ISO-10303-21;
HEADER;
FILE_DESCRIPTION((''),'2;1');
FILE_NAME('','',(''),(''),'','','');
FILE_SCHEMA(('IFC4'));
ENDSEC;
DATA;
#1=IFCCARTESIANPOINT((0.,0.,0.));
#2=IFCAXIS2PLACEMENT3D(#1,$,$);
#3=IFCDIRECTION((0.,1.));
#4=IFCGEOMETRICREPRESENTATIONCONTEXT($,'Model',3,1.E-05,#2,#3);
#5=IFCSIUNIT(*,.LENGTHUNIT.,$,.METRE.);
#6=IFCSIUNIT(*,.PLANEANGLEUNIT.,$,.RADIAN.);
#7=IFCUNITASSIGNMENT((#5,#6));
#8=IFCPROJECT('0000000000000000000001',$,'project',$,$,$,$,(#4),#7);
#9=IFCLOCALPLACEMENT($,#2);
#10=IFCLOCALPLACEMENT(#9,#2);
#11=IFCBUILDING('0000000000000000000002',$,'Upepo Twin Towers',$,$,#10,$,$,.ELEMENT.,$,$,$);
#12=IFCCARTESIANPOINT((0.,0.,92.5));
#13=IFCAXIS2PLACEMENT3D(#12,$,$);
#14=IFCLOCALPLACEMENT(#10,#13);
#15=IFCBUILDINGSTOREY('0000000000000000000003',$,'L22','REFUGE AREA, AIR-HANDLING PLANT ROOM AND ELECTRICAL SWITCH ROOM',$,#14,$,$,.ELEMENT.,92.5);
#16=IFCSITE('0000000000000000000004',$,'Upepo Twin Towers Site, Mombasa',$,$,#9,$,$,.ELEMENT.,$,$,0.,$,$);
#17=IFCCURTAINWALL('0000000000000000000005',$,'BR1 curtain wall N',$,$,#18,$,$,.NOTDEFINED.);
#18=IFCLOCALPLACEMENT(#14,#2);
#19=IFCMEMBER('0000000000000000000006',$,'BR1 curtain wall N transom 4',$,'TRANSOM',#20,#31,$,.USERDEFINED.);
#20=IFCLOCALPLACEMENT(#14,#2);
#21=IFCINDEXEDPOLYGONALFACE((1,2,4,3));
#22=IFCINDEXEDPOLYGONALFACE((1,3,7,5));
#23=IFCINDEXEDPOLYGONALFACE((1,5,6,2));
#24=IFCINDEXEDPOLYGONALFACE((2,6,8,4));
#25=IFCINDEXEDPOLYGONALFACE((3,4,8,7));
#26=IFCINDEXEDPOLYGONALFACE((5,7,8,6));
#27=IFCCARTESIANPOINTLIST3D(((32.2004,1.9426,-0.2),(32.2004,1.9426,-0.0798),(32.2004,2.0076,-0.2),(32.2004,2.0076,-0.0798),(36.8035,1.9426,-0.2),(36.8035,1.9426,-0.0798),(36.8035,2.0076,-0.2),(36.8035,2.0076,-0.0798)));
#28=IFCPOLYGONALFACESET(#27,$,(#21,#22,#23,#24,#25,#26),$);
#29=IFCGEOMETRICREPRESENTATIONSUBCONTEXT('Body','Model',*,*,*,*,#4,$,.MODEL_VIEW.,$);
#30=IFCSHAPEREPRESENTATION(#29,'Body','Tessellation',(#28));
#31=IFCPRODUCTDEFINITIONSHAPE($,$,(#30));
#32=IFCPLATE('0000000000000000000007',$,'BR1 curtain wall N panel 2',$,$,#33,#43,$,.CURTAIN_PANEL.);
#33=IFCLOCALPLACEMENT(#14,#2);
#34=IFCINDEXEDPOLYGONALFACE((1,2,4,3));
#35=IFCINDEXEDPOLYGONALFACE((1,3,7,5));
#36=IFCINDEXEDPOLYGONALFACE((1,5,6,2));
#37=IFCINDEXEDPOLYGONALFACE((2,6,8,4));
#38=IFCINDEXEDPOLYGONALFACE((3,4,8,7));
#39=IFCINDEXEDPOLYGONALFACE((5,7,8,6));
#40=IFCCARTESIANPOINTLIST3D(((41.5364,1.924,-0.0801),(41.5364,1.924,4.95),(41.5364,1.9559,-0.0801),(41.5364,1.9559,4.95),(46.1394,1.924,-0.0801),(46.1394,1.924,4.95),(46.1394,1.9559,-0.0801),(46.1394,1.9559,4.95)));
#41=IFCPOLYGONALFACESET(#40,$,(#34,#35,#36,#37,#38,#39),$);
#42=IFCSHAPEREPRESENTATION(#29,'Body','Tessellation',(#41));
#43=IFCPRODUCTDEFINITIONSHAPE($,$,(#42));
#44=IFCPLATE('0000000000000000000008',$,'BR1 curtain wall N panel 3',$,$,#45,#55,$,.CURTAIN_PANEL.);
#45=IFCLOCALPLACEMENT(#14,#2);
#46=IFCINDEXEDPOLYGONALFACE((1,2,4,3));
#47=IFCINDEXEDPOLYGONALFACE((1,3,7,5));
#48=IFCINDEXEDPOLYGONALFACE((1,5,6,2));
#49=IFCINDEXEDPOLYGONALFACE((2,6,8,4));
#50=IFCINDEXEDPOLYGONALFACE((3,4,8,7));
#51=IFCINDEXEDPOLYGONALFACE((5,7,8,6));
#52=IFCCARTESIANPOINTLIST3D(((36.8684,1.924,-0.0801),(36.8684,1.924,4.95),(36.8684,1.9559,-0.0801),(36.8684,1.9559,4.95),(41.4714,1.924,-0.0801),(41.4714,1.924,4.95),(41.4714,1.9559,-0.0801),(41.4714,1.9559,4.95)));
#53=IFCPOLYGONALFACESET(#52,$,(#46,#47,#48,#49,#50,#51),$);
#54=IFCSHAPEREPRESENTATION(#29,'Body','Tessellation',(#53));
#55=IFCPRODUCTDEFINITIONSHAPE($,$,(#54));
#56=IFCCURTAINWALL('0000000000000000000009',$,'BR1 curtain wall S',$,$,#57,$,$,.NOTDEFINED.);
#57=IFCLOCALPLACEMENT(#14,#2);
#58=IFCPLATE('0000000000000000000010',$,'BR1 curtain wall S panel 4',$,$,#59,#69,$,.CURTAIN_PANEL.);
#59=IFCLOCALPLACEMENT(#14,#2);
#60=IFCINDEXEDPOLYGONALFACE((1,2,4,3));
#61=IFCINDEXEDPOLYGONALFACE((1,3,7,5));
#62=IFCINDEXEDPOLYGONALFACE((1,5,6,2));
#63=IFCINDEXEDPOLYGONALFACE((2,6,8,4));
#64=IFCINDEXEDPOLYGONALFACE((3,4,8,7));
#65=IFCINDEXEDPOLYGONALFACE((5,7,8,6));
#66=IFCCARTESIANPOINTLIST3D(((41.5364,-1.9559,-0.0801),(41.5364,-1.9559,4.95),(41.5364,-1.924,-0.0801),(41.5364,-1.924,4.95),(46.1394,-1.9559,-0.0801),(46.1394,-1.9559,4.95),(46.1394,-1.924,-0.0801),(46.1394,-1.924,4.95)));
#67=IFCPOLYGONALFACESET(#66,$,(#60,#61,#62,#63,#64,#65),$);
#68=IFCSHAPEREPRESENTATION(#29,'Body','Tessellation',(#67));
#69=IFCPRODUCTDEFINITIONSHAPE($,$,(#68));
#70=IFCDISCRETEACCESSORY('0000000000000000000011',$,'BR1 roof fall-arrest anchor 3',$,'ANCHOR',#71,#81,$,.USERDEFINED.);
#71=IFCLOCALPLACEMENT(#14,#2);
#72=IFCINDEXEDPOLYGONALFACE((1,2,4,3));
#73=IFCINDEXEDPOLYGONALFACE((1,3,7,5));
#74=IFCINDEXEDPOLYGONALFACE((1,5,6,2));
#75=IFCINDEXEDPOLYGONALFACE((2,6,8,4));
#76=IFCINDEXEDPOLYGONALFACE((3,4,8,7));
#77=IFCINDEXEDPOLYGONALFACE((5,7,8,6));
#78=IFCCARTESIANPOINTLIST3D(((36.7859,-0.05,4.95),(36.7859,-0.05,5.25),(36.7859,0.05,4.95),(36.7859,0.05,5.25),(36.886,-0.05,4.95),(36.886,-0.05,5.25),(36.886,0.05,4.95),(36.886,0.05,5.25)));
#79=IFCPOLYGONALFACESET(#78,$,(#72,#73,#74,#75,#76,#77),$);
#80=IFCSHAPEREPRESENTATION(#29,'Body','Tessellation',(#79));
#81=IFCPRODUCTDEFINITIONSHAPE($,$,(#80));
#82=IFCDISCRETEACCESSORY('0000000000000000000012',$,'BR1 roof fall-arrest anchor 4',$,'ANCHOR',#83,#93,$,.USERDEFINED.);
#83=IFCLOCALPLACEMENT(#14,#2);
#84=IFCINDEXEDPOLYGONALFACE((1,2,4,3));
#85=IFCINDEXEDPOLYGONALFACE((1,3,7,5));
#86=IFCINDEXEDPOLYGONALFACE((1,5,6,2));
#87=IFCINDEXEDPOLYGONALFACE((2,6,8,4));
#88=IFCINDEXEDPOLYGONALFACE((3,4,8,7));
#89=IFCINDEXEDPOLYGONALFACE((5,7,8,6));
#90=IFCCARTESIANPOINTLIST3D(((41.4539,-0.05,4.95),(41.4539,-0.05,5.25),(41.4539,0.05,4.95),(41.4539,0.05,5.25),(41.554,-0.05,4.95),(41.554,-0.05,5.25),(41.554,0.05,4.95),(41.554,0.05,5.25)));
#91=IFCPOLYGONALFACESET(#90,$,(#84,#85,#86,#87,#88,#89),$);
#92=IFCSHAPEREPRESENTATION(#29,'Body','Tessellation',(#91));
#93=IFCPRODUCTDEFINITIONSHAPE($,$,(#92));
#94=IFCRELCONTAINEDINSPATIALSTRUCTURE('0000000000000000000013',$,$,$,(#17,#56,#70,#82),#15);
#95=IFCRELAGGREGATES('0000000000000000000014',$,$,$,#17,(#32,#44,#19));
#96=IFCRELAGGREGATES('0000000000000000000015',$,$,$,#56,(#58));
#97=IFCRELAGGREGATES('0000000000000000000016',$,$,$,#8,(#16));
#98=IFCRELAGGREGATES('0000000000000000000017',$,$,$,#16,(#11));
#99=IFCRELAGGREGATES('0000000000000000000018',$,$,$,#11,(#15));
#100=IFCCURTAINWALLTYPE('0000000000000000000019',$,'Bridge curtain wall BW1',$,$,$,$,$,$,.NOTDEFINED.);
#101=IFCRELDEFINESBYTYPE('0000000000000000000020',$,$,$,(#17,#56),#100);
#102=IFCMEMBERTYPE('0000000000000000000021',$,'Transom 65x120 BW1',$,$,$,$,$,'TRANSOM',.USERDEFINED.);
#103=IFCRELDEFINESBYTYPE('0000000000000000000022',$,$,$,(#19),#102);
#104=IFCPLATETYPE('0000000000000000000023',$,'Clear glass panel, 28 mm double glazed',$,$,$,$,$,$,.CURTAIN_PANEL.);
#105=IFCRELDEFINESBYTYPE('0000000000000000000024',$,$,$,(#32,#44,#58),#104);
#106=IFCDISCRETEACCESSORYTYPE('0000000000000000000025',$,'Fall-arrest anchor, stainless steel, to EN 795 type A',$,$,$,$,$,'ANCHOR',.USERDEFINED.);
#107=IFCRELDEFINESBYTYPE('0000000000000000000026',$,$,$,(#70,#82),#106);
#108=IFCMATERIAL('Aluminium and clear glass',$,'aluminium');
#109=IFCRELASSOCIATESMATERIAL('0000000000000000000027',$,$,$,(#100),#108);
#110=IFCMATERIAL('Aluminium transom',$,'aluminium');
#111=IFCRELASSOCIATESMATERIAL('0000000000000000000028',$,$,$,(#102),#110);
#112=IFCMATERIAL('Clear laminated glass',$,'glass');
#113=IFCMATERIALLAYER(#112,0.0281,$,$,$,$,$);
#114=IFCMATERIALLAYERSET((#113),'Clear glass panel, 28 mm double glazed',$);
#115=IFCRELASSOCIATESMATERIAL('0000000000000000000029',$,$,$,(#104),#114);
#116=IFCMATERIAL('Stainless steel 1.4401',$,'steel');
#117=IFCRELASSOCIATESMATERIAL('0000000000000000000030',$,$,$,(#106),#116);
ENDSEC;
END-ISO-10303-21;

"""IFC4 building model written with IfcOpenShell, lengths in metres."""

from ifc_helpers import new_model, si_unit, direction, frame, origin, origin_2d, place, context, subcontext, project, spatial, rectangle, extrude, material, layer, layer_set, material_profile, profile_set, type_object, element, aggregate, save


model = new_model("IFC4")

# Units and contexts
model_context = context("Model", 3, precision=1e-05, world=origin(), true_north=direction((0.0, 1.0)))
body_context = subcontext(model_context, "Body", "Model", "MODEL_VIEW")
ifc_project = project(units=[si_unit("LENGTHUNIT", "METRE"), si_unit("PLANEANGLEUNIT", "RADIAN")], contexts=[model_context])

# Site, building, storey
site_placement = place(None, origin())
site = spatial("IfcSite", under=ifc_project, at=site_placement, Name="Upepo Twin Towers Site, Mombasa", CompositionType="ELEMENT", RefElevation=0.0)
building_placement = place(site_placement, origin())
building = spatial("IfcBuilding", under=site, at=building_placement, Name="Upepo Twin Towers", CompositionType="ELEMENT")
storey_placement = place(building_placement, frame((0.0, 0.0, 92.5)))
storey = spatial("IfcBuildingStorey", under=building, at=storey_placement, Name="L22", Description="REFUGE AREA, AIR-HANDLING PLANT ROOM AND ELECTRICAL SWITCH ROOM", CompositionType="ELEMENT", Elevation=92.5)

# Curtain wall, member, plates
ifc_material_1 = material(Name="Aluminium and clear glass", Category="aluminium")
curtain_wall_type = type_object("IfcCurtainWallType", Name="Bridge curtain wall BW1", PredefinedType="NOTDEFINED", material=ifc_material_1)
curtain_wall_1_placement = place(storey_placement, origin())
curtain_wall_1 = element("IfcCurtainWall", 1, at=curtain_wall_1_placement, inside=storey, type_object=curtain_wall_type, Name="BR1 curtain wall N", PredefinedType="NOTDEFINED")
ifc_material_2 = material(Name="Aluminium transom", Category="aluminium")
ifc_material_profile_1 = material_profile(ifc_material_2, rectangle(XDim=0.0649, YDim=0.1201, at=origin_2d()), Name="TRANSOM 65x120 BRIDGE")
ifc_profile_set_1 = profile_set([ifc_material_profile_1], Name="Aluminium transom")
member_type_1 = type_object("IfcMemberType", Name="Transom 65x120 BW1", ElementType="TRANSOM", PredefinedType="USERDEFINED", material=ifc_profile_set_1)
member_1_placement = place(storey_placement, frame((36.8035, 1.9751, -0.1399), z_axis=(-1.0, 0.0, 0.0), x_axis=(0.0, -1.0, 0.0)))
member_1 = element("IfcMember", 2, at=member_1_placement, type_object=member_type_1, Name="BR1 curtain wall N transom 4", ObjectType="TRANSOM", PredefinedType="USERDEFINED", context=body_context, shape_type="SweptSolid", body=[
    extrude(rectangle(XDim=0.0649, YDim=0.1201, at=origin_2d()), origin(), (0.0, 0.0, 1.0), 4.603),
])
ifc_material_3 = material(Name="Clear laminated glass", Category="glass")
ifc_layer = layer(ifc_material_3, 0.0281)
ifc_layer_set = layer_set([ifc_layer], Name="Clear glass panel, 28 mm double glazed")
plate_type = type_object("IfcPlateType", Name="Clear glass panel, 28 mm double glazed", PredefinedType="CURTAIN_PANEL", material=ifc_layer_set)
plate_1_placement = place(storey_placement, frame((43.8379, 1.9399, -0.0801), z_axis=(0.0, 0.0, 1.0), x_axis=(-1.0, 0.0, 0.0)))
plate_1 = element("IfcPlate", 3, at=plate_1_placement, type_object=plate_type, Name="BR1 curtain wall N panel 2", PredefinedType="CURTAIN_PANEL", context=body_context, shape_type="SweptSolid", body=[
    extrude(rectangle(XDim=4.603, YDim=0.032, at=origin_2d()), origin(), (0.0, 0.0, 1.0), 5.03),
])
plate_2_placement = place(storey_placement, frame((39.1699, 1.9399, -0.0801), z_axis=(0.0, 0.0, 1.0), x_axis=(-1.0, 0.0, 0.0)))
plate_2 = element("IfcPlate", 4, at=plate_2_placement, type_object=plate_type, Name="BR1 curtain wall N panel 3", PredefinedType="CURTAIN_PANEL", context=body_context, shape_type="SweptSolid", body=[
    extrude(rectangle(XDim=4.603, YDim=0.032, at=origin_2d()), origin(), (0.0, 0.0, 1.0), 5.03),
])
aggregate(curtain_wall_1, [plate_1, plate_2, member_1])

# Curtain wall, plate
curtain_wall_2_placement = place(storey_placement, origin())
curtain_wall_2 = element("IfcCurtainWall", 5, at=curtain_wall_2_placement, inside=storey, type_object=curtain_wall_type, Name="BR1 curtain wall S", PredefinedType="NOTDEFINED")
plate_3_placement = place(storey_placement, frame((43.8379, -1.9399, -0.0801), z_axis=(0.0, 0.0, 1.0), x_axis=(1.0, 0.0, 0.0)))
plate_3 = element("IfcPlate", 6, at=plate_3_placement, type_object=plate_type, Name="BR1 curtain wall S panel 4", PredefinedType="CURTAIN_PANEL", context=body_context, shape_type="SweptSolid", body=[
    extrude(rectangle(XDim=4.603, YDim=0.032, at=origin_2d()), origin(), (0.0, 0.0, 1.0), 5.03),
])
aggregate(curtain_wall_2, [plate_3])

# Discrete accessories
ifc_material_4 = material(Name="Stainless steel 1.4401", Category="steel")
ifc_material_profile_2 = material_profile(ifc_material_4, rectangle(XDim=0.1001, YDim=0.1001, at=origin_2d()), Name="ANCHOR POST 100x100")
ifc_profile_set_2 = profile_set([ifc_material_profile_2], Name="Stainless steel 1.4401")
discrete_accessory_type = type_object("IfcDiscreteAccessoryType", Name="Fall-arrest anchor, stainless steel, to EN 795 type A", ElementType="ANCHOR", PredefinedType="USERDEFINED", material=ifc_profile_set_2)
for number, where, z_axis, x_axis, name in (
    (7, (36.8359, 0.0, 4.95), (0.0, 0.0, 1.0), (1.0, 0.0, 0.0), "BR1 roof fall-arrest anchor 3"),
    (8, (41.5039, 0.0, 4.95), (0.0, 0.0, 1.0), (1.0, 0.0, 0.0), "BR1 roof fall-arrest anchor 4"),
):
    element("IfcDiscreteAccessory", number, at=place(storey_placement, frame(where, z_axis=z_axis, x_axis=x_axis)), inside=storey, type_object=discrete_accessory_type, Name=name, ObjectType="ANCHOR", PredefinedType="USERDEFINED", context=body_context, shape_type="SweptSolid", body=[
        extrude(rectangle(XDim=0.1001, YDim=0.1001, at=origin_2d()), origin(), (0.0, 0.0, 1.0), 0.3),
    ])

save(model, "model.ifc")
